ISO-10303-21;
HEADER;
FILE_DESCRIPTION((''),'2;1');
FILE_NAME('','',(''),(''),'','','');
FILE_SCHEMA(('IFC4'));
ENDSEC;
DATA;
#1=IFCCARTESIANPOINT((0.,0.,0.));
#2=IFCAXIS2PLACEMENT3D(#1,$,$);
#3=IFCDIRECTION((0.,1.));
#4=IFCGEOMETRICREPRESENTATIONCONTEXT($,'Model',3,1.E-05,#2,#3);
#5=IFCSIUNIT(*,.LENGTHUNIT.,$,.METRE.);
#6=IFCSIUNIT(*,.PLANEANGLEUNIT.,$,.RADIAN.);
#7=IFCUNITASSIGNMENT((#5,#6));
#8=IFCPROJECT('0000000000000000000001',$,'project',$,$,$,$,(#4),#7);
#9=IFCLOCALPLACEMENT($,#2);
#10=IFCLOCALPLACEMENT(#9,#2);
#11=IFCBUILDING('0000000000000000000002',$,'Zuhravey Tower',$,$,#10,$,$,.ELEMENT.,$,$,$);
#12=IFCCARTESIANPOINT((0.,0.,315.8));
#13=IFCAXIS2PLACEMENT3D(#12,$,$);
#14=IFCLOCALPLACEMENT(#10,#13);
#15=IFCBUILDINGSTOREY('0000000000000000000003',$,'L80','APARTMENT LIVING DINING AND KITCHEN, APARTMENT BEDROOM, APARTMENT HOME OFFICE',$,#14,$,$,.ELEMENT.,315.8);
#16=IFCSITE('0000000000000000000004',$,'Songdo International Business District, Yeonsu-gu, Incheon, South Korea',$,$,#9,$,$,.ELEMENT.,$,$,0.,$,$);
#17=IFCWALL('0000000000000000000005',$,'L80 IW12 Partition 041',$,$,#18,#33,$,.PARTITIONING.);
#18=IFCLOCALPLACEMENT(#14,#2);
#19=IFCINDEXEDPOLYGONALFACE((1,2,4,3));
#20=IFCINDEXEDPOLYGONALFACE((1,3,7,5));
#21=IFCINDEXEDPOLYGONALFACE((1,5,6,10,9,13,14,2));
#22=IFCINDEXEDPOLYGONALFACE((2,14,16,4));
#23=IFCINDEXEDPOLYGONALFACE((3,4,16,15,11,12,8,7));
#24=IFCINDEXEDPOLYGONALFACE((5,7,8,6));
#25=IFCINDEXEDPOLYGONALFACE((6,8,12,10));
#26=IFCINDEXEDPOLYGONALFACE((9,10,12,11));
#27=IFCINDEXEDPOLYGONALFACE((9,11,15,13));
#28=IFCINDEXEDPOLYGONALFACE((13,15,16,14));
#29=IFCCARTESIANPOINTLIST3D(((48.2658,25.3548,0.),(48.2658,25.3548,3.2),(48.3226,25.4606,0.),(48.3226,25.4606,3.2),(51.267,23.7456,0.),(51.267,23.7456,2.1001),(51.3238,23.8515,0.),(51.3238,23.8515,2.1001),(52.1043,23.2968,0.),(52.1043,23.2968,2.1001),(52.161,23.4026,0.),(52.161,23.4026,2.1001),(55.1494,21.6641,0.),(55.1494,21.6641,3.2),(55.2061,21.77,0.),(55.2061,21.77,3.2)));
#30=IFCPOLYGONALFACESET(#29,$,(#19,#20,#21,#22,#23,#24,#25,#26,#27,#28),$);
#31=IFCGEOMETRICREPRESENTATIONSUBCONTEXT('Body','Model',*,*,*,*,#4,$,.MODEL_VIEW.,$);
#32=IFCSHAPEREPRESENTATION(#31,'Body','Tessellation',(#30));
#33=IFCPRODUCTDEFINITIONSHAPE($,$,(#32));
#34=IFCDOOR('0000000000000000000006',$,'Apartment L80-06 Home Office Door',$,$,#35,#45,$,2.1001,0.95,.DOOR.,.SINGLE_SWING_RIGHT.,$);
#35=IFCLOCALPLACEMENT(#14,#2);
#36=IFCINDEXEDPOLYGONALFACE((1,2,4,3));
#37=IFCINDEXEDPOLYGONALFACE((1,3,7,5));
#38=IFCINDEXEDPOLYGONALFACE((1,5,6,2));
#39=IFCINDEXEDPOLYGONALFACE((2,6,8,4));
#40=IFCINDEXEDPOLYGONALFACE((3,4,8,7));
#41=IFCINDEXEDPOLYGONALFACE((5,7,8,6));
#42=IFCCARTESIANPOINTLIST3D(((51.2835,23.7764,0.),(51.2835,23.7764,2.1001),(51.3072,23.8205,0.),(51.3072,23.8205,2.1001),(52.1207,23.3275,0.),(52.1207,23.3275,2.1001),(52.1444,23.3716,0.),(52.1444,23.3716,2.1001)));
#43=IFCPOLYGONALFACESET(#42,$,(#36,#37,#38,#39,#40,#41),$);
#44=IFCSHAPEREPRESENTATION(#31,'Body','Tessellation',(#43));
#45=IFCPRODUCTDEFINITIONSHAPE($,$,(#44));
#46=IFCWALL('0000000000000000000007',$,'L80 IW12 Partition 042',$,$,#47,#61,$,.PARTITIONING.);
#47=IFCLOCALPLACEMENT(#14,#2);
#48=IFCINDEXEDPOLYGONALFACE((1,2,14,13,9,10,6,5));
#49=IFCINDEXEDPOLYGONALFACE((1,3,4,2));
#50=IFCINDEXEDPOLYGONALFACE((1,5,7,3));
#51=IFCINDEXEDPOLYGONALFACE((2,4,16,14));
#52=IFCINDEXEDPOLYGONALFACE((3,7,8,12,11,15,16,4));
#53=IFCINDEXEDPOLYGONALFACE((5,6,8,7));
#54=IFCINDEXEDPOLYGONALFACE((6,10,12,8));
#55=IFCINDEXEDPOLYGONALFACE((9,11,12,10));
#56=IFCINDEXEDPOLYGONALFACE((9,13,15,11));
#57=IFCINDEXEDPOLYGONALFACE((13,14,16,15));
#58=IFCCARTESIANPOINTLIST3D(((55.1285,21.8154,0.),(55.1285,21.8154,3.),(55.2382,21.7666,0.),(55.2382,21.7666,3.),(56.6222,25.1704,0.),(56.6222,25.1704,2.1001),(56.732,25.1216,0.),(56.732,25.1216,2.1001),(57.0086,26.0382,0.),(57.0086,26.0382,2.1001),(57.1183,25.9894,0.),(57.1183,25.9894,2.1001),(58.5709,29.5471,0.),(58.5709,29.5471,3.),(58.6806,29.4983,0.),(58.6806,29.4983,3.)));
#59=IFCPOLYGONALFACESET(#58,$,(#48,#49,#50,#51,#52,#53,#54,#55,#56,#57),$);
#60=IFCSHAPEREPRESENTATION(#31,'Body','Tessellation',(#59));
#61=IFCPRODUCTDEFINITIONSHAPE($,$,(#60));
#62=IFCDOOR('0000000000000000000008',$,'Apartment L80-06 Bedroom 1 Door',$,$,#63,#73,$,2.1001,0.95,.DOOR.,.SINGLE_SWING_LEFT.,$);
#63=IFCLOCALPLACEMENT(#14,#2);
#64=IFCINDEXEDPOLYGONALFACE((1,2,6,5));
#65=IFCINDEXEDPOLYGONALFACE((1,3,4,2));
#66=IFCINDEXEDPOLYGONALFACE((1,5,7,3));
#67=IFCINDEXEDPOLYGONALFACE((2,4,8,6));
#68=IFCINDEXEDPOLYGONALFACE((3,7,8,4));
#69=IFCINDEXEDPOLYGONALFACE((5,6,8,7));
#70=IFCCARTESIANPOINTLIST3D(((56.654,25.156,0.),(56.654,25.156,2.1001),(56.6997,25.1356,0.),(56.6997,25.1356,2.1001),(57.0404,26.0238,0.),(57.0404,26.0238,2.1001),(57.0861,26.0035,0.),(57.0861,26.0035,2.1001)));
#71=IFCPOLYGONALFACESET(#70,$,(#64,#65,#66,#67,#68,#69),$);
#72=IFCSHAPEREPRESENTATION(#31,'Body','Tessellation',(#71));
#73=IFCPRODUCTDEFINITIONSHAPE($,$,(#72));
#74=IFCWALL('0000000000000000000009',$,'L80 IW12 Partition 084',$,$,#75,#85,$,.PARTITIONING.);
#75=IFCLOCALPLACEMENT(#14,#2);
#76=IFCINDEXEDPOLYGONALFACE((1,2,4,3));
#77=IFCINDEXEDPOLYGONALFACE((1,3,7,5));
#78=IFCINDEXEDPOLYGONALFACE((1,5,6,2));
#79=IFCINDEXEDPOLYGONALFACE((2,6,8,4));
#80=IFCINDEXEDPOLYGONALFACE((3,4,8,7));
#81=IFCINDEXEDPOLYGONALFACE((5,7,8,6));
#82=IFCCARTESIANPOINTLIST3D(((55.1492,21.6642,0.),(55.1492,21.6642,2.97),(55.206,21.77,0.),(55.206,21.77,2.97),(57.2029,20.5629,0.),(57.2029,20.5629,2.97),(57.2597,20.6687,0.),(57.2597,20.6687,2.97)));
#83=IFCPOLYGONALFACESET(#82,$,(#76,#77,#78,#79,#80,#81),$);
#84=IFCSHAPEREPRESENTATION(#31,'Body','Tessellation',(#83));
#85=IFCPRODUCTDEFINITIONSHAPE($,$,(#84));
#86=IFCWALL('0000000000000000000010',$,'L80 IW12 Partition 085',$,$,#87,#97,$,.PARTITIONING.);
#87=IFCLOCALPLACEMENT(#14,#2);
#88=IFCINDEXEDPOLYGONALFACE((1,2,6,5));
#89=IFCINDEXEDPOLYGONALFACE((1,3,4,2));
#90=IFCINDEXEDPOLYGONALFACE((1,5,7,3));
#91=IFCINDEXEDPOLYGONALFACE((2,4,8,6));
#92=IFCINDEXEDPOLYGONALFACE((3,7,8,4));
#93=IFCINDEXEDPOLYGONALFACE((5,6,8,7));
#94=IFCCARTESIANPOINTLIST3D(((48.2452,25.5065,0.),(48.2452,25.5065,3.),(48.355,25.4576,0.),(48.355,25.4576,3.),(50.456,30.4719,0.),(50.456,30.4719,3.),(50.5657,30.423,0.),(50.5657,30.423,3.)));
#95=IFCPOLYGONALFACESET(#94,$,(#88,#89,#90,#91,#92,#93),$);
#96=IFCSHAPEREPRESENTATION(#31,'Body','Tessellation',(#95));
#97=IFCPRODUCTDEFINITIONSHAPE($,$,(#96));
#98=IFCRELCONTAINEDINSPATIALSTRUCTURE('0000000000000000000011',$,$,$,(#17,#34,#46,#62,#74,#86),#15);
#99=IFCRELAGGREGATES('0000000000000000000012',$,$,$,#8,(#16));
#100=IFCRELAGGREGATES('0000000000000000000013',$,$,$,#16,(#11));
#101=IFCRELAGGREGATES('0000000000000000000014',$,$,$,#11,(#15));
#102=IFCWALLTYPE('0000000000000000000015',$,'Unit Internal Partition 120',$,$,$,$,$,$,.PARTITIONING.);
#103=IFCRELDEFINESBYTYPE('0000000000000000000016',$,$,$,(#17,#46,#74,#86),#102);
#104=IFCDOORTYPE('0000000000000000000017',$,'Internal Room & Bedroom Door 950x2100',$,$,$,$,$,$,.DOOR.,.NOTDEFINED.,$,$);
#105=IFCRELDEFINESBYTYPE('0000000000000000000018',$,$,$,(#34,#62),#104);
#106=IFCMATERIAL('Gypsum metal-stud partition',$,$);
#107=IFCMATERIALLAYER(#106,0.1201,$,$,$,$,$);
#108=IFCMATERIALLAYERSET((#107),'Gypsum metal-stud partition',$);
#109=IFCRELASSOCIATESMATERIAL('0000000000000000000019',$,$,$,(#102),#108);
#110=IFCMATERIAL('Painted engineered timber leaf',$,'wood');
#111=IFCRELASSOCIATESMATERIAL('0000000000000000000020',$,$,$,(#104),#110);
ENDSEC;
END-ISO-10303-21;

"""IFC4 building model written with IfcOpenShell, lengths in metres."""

from ifc_helpers import new_model, si_unit, direction, frame, frame_2d, origin, place, context, subcontext, project, spatial, rectangle, extrude, material, layer, layer_set, type_object, element, fill, save


model = new_model("IFC4")

# Units and contexts
model_context = context("Model", 3, precision=1e-05, world=origin(), true_north=direction((0.0, 1.0)))
body_context = subcontext(model_context, "Body", "Model", "MODEL_VIEW")
ifc_project = project(units=[si_unit("LENGTHUNIT", "METRE"), si_unit("PLANEANGLEUNIT", "RADIAN")], contexts=[model_context])

# Site, building, storey
site_placement = place(None, origin())
site = spatial("IfcSite", under=ifc_project, at=site_placement, Name="Songdo International Business District, Yeonsu-gu, Incheon, South Korea", CompositionType="ELEMENT", RefElevation=0.0)
building_placement = place(site_placement, origin())
building = spatial("IfcBuilding", under=site, at=building_placement, Name="Zuhravey Tower", CompositionType="ELEMENT")
storey_placement = place(building_placement, frame((0.0, 0.0, 315.8)))
storey = spatial("IfcBuildingStorey", under=building, at=storey_placement, Name="L80", Description="APARTMENT LIVING DINING AND KITCHEN, APARTMENT BEDROOM, APARTMENT HOME OFFICE", CompositionType="ELEMENT", Elevation=315.8)

# Walls, openings, doors
ifc_material_1 = material(Name="Gypsum metal-stud partition")
ifc_layer_1 = layer(ifc_material_1, 0.1201)
ifc_layer_set_1 = layer_set([ifc_layer_1], Name="Gypsum metal-stud partition")
wall_type_1 = type_object("IfcWallType", Name="Unit Internal Partition 120", PredefinedType="PARTITIONING", material=ifc_layer_set_1)
wall_1_placement = place(storey_placement, frame((48.2942, 25.4077, 0.0), z_axis=(0.0, 0.0, 1.0), x_axis=(0.881317, -0.472526, 0.0)))
wall_1 = element("IfcWall", 1, at=wall_1_placement, inside=storey, type_object=wall_type_1, Name="L80 IW12 Partition 041", PredefinedType="PARTITIONING", context=body_context, shape_type="SweptSolid", body=[
    extrude(rectangle(XDim=7.8105, YDim=0.1201, at=frame_2d((3.9053, 0.0))), origin(), (0.0, 0.0, 1.0), 3.2),
])
opening_1_placement = place(wall_1_placement, frame((3.4053, 0.0, 0.0)))
opening_1 = element("IfcOpeningElement", 2, at=opening_1_placement, cuts=wall_1, PredefinedType="OPENING", context=body_context, shape_type="SweptSolid", body=[
    extrude(rectangle(XDim=0.95, YDim=2.1001, at=frame_2d((0.4751, 1.05))), frame((0.0, 0.072, 0.0), z_axis=(0.0, -1.0, 0.0), x_axis=(1.0, 0.0, 0.0)), (0.0, 0.0, 1.0), 0.144),
])
ifc_material_2 = material(Name="Painted engineered timber leaf", Category="wood")
door_type_1 = type_object("IfcDoorType", Name="Internal Room & Bedroom Door 950x2100", OperationType="NOTDEFINED", PredefinedType="DOOR", material=ifc_material_2)
door_1_placement = place(opening_1_placement, origin())
door_1 = element("IfcDoor", 3, at=door_1_placement, inside=storey, type_object=door_type_1, Name="Apartment L80-06 Home Office Door", OperationType="SINGLE_SWING_RIGHT", OverallHeight=2.1001, OverallWidth=0.95, PredefinedType="DOOR", context=body_context, shape_type="SweptSolid", body=[
    extrude(rectangle(XDim=0.95, YDim=2.1001, at=frame_2d((0.4751, 1.05))), frame((0.0, 0.0249, 0.0), z_axis=(0.0, -1.0, 0.0), x_axis=(1.0, 0.0, 0.0)), (0.0, 0.0, 1.0), 0.05),
])
fill(opening_1, door_1)
wall_2_placement = place(storey_placement, frame((55.1833, 21.791, 0.0), z_axis=(0.0, 0.0, 1.0), x_axis=(0.406738, 0.913545, 0.0)))
wall_2 = element("IfcWall", 4, at=wall_2_placement, inside=storey, type_object=wall_type_1, Name="L80 IW12 Partition 042", PredefinedType="PARTITIONING", context=body_context, shape_type="SweptSolid", body=[
    extrude(rectangle(XDim=8.4634, YDim=0.1201, at=frame_2d((4.2317, 0.0))), origin(), (0.0, 0.0, 1.0), 3.0),
])
opening_2_placement = place(wall_2_placement, frame((3.6724, 0.0, 0.0)))
opening_2 = element("IfcOpeningElement", 5, at=opening_2_placement, cuts=wall_2, PredefinedType="OPENING", context=body_context, shape_type="SweptSolid", body=[
    extrude(rectangle(XDim=0.95, YDim=2.1001, at=frame_2d((0.4751, 1.05))), frame((0.0, 0.072, 0.0), z_axis=(0.0, -1.0, 0.0), x_axis=(1.0, 0.0, 0.0)), (0.0, 0.0, 1.0), 0.144),
])
door_2_placement = place(opening_2_placement, frame((0.95, 0.0, 0.0), z_axis=(0.0, 0.0, 1.0), x_axis=(-1.0, 0.0, 0.0)))
door_2 = element("IfcDoor", 6, at=door_2_placement, inside=storey, type_object=door_type_1, Name="Apartment L80-06 Bedroom 1 Door", OperationType="SINGLE_SWING_LEFT", OverallHeight=2.1001, OverallWidth=0.95, PredefinedType="DOOR", context=body_context, shape_type="SweptSolid", body=[
    extrude(rectangle(XDim=0.95, YDim=2.1001, at=frame_2d((0.4751, 1.05))), frame((0.0, 0.0249, 0.0), z_axis=(0.0, -1.0, 0.0), x_axis=(1.0, 0.0, 0.0)), (0.0, 0.0, 1.0), 0.05),
])
fill(opening_2, door_2)

# Walls
wall_3_placement = place(storey_placement, frame((55.1777, 21.717, 0.0), z_axis=(0.0, 0.0, 1.0), x_axis=(0.881281, -0.472593, 0.0)))
element("IfcWall", 7, at=wall_3_placement, inside=storey, type_object=wall_type_1, Name="L80 IW12 Partition 084", PredefinedType="PARTITIONING", context=body_context, shape_type="SweptSolid", body=[
    extrude(rectangle(XDim=2.3303, YDim=0.1201, at=frame_2d((1.165, 0.0))), origin(), (0.0, 0.0, 1.0), 2.97),
])
wall_4_placement = place(storey_placement, frame((48.3, 25.4819, 0.0), z_axis=(0.0, 0.0, 1.0), x_axis=(0.406734, 0.913546, 0.0)))
element("IfcWall", 8, at=wall_4_placement, inside=storey, type_object=wall_type_1, Name="L80 IW12 Partition 085", PredefinedType="PARTITIONING", context=body_context, shape_type="SweptSolid", body=[
    extrude(rectangle(XDim=5.4353, YDim=0.1201, at=frame_2d((2.7178, 0.0))), origin(), (0.0, 0.0, 1.0), 3.0),
])

save(model, "model.ifc")
